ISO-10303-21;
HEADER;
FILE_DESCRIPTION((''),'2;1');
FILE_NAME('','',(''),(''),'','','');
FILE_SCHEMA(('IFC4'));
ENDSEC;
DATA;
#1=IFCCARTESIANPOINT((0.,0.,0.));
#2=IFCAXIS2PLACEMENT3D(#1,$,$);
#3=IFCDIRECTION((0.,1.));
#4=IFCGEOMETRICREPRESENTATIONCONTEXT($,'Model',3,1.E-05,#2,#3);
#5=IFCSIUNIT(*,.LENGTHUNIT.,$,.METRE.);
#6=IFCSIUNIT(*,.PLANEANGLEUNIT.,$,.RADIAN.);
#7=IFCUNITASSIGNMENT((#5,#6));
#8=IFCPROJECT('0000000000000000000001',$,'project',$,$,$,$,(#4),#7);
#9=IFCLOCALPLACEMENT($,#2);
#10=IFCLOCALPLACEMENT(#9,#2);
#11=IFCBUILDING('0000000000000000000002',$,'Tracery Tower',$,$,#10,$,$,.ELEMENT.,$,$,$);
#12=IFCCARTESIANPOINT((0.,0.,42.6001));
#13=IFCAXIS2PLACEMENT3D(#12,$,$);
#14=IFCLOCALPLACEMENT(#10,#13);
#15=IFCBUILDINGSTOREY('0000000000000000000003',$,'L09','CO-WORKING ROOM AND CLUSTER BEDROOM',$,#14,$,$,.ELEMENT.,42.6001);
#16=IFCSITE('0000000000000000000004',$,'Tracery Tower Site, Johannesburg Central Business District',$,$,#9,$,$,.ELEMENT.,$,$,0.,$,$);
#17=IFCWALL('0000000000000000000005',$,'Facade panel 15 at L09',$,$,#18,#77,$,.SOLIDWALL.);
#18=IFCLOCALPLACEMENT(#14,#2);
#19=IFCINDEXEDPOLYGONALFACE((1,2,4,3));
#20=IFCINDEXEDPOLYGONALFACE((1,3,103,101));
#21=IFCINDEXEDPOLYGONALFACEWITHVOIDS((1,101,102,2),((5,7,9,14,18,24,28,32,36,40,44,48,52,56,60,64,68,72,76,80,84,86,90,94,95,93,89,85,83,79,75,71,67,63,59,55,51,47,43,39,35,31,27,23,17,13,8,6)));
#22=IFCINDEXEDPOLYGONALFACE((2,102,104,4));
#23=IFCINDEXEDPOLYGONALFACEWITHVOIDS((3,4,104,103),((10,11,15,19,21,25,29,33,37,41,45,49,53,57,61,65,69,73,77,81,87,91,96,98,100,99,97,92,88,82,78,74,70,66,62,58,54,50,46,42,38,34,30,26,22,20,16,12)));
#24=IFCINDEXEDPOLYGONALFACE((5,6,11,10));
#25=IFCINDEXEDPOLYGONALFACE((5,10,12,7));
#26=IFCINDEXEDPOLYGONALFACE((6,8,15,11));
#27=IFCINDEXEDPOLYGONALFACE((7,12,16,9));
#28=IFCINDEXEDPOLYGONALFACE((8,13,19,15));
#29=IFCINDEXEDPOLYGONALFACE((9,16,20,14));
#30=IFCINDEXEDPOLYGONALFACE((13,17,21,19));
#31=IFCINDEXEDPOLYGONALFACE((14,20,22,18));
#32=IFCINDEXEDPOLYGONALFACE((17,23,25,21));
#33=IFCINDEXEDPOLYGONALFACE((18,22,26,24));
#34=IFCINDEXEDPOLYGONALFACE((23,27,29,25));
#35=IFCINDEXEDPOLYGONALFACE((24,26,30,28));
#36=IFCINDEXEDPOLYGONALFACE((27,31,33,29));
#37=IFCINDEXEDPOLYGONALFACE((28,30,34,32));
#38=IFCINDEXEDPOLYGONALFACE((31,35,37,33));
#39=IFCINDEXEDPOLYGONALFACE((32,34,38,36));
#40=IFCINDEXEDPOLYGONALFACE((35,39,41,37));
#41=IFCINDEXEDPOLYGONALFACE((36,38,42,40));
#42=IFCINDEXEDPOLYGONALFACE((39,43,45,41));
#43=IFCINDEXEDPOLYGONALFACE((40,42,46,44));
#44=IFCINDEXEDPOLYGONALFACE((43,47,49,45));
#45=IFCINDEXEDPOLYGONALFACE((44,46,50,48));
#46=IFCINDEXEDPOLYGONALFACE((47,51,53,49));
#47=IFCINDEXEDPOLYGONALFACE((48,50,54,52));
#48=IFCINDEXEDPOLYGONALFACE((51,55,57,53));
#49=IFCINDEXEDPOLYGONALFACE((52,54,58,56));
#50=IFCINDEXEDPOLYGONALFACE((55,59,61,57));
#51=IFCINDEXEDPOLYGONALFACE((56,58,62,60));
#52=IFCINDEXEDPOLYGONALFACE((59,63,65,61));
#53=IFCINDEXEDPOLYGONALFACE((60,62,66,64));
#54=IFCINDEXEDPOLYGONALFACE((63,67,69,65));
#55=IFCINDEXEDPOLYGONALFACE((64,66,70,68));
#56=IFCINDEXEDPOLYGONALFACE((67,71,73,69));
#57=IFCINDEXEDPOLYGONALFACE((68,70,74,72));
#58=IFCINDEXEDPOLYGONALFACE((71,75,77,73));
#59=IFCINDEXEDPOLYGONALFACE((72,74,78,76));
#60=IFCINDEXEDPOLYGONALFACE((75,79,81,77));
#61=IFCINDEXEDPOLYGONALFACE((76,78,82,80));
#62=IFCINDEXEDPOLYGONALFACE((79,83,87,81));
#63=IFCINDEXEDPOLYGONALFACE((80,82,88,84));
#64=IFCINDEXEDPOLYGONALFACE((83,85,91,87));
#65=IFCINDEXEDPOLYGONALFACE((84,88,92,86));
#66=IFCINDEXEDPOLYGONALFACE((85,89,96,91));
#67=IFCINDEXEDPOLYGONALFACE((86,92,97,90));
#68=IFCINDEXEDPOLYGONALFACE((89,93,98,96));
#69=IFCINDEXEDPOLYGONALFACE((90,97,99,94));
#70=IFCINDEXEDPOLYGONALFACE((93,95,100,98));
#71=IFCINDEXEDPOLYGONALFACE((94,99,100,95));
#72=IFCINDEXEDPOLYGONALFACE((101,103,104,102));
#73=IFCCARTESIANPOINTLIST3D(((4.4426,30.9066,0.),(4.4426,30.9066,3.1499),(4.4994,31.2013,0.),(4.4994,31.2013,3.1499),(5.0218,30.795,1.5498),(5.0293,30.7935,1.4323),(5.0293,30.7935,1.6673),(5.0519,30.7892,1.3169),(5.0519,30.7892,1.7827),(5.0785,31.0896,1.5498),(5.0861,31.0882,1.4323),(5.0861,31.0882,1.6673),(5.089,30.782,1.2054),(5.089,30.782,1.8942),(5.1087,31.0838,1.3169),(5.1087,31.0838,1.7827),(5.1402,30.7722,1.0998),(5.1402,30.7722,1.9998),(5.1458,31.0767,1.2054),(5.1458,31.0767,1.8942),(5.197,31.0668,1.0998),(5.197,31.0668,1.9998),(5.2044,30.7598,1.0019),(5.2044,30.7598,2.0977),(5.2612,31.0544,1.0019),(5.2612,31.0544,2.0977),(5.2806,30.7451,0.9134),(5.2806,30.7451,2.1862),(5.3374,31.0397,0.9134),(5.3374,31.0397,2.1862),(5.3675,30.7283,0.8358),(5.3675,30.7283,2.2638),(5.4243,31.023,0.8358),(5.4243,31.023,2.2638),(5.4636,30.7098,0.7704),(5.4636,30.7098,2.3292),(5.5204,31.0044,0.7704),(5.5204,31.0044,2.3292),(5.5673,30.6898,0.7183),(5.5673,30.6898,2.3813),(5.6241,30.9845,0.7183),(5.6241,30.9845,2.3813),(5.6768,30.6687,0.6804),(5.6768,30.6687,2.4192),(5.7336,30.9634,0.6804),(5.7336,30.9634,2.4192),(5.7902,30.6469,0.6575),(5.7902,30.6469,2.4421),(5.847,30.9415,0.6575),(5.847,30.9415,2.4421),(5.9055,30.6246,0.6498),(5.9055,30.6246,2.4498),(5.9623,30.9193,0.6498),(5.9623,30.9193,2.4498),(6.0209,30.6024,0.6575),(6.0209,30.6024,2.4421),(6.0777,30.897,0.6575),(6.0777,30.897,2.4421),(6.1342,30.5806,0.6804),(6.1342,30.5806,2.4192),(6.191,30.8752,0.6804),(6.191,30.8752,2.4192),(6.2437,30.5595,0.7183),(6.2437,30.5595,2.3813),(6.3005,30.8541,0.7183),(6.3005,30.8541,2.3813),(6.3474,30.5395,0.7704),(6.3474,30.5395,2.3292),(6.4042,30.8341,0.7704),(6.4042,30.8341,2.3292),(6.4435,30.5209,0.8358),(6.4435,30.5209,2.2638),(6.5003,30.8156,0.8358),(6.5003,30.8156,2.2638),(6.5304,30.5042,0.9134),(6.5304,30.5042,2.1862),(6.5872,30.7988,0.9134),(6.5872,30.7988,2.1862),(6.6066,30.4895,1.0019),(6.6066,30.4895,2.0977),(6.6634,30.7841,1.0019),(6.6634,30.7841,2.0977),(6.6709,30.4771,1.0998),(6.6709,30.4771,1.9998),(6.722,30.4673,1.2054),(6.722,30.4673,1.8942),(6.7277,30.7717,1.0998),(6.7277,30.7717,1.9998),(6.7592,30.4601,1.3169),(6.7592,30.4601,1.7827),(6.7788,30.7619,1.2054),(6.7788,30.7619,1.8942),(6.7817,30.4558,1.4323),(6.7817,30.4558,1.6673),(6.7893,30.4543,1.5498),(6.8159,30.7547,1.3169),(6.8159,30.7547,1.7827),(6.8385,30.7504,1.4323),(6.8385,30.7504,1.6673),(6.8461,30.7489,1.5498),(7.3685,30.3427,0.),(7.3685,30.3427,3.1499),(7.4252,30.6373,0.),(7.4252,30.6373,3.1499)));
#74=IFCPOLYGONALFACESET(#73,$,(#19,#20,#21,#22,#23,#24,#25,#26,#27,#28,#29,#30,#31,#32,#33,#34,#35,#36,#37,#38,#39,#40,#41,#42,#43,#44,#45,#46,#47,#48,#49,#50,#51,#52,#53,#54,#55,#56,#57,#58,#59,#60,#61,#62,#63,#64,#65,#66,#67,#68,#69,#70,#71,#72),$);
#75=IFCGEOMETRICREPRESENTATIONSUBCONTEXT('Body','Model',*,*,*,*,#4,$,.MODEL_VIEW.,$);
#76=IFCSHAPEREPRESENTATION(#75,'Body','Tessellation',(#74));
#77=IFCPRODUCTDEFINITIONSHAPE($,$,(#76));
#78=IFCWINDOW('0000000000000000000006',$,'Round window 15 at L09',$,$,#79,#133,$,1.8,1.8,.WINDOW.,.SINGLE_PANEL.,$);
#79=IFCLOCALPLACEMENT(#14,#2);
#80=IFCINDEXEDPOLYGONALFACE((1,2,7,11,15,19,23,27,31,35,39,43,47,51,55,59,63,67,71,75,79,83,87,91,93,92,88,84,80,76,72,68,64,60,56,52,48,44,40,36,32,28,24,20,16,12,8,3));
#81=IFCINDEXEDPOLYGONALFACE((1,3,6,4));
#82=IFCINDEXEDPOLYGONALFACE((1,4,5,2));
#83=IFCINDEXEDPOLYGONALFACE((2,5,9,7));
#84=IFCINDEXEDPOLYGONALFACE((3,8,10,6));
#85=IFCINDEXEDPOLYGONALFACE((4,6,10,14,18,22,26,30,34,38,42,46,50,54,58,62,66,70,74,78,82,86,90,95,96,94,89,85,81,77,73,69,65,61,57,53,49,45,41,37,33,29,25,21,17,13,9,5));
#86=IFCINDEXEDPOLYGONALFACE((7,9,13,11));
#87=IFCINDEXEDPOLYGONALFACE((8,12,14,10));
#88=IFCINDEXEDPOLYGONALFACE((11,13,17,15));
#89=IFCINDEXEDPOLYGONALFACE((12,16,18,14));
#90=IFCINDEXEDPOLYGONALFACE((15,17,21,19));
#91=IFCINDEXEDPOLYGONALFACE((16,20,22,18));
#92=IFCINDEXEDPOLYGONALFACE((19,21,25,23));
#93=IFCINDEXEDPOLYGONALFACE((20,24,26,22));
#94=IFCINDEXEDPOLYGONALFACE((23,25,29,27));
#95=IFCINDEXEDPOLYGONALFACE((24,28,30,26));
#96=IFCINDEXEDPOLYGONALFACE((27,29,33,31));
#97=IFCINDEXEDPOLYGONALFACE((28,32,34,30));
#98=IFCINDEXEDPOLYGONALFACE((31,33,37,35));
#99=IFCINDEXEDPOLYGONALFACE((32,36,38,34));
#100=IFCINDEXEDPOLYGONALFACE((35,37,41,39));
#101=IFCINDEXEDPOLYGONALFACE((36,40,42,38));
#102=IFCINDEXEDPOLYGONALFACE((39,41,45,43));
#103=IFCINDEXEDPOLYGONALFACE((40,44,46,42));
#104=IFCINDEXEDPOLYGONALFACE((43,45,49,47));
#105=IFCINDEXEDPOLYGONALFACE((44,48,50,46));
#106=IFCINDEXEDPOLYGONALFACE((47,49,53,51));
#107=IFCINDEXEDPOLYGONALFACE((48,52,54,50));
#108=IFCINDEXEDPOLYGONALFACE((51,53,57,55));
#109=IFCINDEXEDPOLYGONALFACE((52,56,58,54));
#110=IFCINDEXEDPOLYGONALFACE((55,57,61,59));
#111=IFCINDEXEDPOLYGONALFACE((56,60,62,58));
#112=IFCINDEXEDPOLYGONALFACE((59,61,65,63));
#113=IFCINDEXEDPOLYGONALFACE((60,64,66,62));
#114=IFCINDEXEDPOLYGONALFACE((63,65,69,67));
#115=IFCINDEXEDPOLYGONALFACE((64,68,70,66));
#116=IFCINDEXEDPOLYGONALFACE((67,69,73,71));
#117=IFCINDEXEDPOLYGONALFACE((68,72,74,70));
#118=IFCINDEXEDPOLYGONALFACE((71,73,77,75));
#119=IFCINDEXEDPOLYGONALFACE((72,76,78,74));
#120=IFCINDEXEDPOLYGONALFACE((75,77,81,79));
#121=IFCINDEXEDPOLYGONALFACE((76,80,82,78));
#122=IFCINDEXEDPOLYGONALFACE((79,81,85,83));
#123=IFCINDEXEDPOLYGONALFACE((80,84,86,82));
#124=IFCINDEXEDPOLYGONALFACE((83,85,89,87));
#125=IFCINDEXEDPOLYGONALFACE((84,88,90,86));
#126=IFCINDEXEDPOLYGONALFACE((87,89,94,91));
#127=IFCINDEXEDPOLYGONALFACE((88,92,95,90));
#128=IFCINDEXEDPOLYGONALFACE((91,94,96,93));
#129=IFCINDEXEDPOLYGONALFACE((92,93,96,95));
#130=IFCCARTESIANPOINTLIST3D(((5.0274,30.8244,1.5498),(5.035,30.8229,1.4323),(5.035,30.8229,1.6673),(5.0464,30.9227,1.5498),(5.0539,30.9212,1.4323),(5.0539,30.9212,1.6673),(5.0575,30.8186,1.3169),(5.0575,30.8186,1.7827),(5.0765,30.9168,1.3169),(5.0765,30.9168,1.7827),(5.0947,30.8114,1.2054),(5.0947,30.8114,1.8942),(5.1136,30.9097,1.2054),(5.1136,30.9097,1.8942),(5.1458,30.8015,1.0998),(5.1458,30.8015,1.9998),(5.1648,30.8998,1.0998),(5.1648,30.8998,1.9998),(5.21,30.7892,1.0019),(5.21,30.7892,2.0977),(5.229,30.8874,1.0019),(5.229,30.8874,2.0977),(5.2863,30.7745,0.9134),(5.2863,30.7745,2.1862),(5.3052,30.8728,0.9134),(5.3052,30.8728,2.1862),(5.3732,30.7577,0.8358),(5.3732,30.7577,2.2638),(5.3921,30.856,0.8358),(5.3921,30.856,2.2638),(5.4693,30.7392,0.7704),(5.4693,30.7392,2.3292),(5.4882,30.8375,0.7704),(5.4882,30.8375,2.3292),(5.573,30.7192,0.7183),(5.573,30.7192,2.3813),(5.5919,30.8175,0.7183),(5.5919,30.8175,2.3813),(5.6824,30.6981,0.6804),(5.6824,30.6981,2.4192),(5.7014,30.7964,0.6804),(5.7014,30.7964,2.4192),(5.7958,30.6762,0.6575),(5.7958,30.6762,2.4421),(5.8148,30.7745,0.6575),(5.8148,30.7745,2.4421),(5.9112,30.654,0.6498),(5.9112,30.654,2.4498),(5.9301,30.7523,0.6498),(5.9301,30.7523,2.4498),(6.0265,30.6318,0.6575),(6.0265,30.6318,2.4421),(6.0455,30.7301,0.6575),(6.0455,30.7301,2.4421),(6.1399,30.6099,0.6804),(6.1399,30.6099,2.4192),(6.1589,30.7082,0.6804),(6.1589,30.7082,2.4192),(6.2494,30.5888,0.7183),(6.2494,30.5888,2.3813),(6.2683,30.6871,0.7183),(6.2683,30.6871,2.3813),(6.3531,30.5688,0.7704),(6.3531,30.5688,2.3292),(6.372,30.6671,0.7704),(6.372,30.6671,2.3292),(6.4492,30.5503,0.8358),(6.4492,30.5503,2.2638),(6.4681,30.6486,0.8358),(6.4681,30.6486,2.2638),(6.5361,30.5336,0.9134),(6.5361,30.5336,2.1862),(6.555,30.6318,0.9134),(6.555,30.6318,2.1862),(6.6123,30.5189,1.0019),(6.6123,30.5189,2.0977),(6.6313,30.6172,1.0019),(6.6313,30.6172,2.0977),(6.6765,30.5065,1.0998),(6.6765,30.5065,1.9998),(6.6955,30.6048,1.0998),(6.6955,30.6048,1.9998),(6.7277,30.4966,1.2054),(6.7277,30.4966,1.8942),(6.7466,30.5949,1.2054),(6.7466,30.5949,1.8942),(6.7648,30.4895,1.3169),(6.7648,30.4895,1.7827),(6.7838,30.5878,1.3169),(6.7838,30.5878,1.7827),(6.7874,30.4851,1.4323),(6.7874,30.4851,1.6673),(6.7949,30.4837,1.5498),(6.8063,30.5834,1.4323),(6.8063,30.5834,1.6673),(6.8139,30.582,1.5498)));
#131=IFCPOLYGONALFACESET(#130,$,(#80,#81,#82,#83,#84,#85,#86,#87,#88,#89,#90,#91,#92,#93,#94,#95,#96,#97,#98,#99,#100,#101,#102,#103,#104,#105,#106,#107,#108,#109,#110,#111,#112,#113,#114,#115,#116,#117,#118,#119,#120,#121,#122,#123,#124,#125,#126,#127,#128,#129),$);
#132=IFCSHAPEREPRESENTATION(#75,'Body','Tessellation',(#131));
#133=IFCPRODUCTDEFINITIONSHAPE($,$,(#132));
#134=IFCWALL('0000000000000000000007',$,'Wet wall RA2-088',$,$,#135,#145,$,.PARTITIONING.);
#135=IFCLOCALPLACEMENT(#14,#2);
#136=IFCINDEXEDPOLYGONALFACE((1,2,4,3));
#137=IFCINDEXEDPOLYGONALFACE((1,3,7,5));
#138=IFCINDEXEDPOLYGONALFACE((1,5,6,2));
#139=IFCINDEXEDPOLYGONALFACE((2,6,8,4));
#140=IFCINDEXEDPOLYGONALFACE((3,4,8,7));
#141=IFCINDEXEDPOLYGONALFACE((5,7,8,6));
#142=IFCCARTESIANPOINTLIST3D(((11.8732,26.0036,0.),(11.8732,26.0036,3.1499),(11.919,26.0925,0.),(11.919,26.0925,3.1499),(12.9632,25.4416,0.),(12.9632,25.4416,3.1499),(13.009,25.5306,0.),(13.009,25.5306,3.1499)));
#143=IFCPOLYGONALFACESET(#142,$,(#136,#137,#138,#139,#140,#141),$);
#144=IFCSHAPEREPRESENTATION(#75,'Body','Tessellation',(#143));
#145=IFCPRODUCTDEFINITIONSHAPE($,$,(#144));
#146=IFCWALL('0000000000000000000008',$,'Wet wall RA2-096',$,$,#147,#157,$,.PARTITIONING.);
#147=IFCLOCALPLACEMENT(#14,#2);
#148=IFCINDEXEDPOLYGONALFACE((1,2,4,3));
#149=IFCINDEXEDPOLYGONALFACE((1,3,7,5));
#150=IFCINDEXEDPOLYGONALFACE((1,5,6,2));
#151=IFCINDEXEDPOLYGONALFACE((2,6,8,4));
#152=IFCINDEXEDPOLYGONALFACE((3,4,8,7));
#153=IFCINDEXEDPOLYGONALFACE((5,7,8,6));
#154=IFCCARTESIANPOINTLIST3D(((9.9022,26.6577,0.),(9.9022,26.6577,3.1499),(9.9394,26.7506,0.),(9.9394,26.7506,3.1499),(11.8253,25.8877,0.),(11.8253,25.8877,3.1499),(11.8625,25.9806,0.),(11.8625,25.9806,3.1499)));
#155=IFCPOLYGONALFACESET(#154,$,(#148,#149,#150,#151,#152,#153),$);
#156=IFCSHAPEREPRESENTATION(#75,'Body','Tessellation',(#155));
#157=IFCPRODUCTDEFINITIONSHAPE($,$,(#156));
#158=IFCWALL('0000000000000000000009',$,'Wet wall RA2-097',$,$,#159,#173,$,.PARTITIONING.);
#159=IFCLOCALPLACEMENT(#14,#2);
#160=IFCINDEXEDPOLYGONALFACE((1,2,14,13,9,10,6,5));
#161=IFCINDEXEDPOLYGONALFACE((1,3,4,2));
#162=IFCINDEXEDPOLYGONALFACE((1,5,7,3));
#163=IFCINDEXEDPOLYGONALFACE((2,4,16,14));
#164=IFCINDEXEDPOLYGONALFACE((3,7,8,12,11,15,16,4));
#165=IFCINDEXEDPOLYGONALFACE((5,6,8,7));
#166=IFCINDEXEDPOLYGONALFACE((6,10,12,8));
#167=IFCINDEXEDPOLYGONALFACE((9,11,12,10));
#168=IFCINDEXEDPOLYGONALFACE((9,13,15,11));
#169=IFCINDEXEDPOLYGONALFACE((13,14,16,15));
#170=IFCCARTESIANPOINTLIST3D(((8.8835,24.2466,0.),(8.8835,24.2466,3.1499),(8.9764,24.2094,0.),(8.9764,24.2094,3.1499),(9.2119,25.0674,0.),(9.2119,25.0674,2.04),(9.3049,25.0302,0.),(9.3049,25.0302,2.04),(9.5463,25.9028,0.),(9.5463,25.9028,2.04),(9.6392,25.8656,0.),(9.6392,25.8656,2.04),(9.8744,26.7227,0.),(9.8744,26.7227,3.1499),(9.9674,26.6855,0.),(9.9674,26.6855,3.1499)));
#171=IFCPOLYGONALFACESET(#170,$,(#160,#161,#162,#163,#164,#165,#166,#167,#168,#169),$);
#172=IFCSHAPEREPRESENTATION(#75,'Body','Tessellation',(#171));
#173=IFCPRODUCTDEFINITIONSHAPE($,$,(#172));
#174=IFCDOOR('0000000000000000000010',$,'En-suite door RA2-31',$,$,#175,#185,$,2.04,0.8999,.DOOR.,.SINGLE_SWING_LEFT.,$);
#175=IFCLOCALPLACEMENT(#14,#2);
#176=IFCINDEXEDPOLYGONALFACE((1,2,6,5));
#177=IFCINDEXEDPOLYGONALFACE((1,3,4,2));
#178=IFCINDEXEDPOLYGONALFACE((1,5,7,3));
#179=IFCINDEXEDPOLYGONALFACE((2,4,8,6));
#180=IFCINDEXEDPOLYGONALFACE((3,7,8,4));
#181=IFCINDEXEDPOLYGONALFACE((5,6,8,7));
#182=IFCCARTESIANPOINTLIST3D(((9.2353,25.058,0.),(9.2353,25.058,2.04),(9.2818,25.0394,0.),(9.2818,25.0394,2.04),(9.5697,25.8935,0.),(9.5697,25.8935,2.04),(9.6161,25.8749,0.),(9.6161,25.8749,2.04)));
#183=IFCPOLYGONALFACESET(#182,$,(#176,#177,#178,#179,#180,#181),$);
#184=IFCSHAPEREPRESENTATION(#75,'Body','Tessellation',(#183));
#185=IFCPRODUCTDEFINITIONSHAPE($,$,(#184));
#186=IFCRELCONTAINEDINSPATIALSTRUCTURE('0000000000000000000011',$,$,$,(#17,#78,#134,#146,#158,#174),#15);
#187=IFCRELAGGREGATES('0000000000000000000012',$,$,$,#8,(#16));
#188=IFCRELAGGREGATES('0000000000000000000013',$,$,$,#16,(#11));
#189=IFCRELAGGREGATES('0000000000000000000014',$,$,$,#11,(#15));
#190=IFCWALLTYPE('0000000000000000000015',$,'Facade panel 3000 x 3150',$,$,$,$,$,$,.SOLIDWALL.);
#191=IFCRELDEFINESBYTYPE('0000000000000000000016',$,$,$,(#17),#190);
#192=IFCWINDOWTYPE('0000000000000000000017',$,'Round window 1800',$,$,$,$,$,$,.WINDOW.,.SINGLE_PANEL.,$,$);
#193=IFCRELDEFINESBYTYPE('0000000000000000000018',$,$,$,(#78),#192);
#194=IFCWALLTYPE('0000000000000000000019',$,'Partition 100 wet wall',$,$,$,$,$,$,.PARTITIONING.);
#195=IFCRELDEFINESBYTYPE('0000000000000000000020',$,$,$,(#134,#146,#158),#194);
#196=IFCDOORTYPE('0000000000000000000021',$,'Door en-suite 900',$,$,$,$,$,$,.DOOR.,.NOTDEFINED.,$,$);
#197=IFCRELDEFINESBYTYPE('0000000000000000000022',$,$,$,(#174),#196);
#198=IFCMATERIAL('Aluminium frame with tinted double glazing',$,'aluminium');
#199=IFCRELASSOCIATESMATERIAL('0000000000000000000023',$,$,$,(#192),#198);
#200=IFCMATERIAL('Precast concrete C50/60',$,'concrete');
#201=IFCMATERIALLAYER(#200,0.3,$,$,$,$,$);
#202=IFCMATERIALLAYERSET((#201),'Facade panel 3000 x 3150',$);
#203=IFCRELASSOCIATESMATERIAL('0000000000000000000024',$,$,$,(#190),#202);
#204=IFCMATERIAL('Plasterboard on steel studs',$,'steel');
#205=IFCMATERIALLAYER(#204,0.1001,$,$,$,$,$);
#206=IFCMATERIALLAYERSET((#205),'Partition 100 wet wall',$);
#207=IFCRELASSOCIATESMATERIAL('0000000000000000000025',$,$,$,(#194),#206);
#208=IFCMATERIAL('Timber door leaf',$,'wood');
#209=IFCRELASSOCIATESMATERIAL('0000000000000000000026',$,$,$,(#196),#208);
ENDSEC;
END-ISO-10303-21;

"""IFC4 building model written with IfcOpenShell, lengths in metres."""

from ifc_helpers import new_model, si_unit, direction, frame, frame_2d, origin, origin_2d, place, context, subcontext, project, spatial, rectangle, circle, extrude, material, layer, layer_set, type_object, element, fill, save


model = new_model("IFC4")

# Units and contexts
model_context = context("Model", 3, precision=1e-05, world=origin(), true_north=direction((0.0, 1.0)))
body_context = subcontext(model_context, "Body", "Model", "MODEL_VIEW")
ifc_project = project(units=[si_unit("LENGTHUNIT", "METRE"), si_unit("PLANEANGLEUNIT", "RADIAN")], contexts=[model_context])

# Site, building, storey
site_placement = place(None, origin())
site = spatial("IfcSite", under=ifc_project, at=site_placement, Name="Tracery Tower Site, Johannesburg Central Business District", CompositionType="ELEMENT", RefElevation=0.0)
building_placement = place(site_placement, origin())
building = spatial("IfcBuilding", under=site, at=building_placement, Name="Tracery Tower", CompositionType="ELEMENT")
storey_placement = place(building_placement, frame((0.0, 0.0, 42.6001)))
storey = spatial("IfcBuildingStorey", under=building, at=storey_placement, Name="L09", Description="CO-WORKING ROOM AND CLUSTER BEDROOM", CompositionType="ELEMENT", Elevation=42.6001)

# Wall, opening, window
ifc_material_1 = material(Name="Aluminium frame with tinted double glazing", Category="aluminium")
window_type = type_object("IfcWindowType", Name="Round window 1800", PartitioningType="SINGLE_PANEL", PredefinedType="WINDOW", material=ifc_material_1)
ifc_material_2 = material(Name="Precast concrete C50/60", Category="concrete")
ifc_layer_1 = layer(ifc_material_2, 0.3)
ifc_layer_set_1 = layer_set([ifc_layer_1], Name="Facade panel 3000 x 3150")
wall_type_1 = type_object("IfcWallType", Name="Facade panel 3000 x 3150", PredefinedType="SOLIDWALL", material=ifc_layer_set_1)
wall_1_placement = place(storey_placement, frame((7.3967, 30.49, 0.0), z_axis=(0.0, 0.0, 1.0), x_axis=(-0.981925, 0.189273, 0.0)))
wall_1 = element("IfcWall", 1, at=wall_1_placement, inside=storey, type_object=wall_type_1, Name="Facade panel 15 at L09", PredefinedType="SOLIDWALL", context=body_context, shape_type="SweptSolid", body=[
    extrude(rectangle(XDim=2.9797, YDim=0.3, at=frame_2d((1.4897, 0.0))), origin(), (0.0, 0.0, 1.0), 3.1499),
])
opening_1_placement = place(wall_1_placement, frame((1.4897, 0.0, 1.5498)))
opening_1 = element("IfcOpeningElement", 2, at=opening_1_placement, cuts=wall_1, PredefinedType="OPENING", context=body_context, shape_type="SweptSolid", body=[
    extrude(circle(Radius=0.9, at=origin_2d()), frame((0.0, 0.1599, 0.0), z_axis=(0.0, -1.0, 0.0), x_axis=(1.0, 0.0, 0.0)), (0.0, 0.0, 1.0), 0.3201),
])
window_1_placement = place(opening_1_placement, origin())
window_1 = element("IfcWindow", 3, at=window_1_placement, inside=storey, type_object=window_type, Name="Round window 15 at L09", OverallHeight=1.8, OverallWidth=1.8, PartitioningType="SINGLE_PANEL", PredefinedType="WINDOW", context=body_context, shape_type="SweptSolid", body=[
    extrude(circle(Radius=0.9, at=origin_2d()), frame((0.0, 0.1201, 0.0), z_axis=(0.0, -1.0, 0.0), x_axis=(1.0, 0.0, 0.0)), (0.0, 0.0, 1.0), 0.1001),
])
fill(opening_1, window_1)

# Walls
ifc_material_3 = material(Name="Plasterboard on steel studs", Category="steel")
ifc_layer_2 = layer(ifc_material_3, 0.1001)
ifc_layer_set_2 = layer_set([ifc_layer_2], Name="Partition 100 wet wall")
wall_type_2 = type_object("IfcWallType", Name="Partition 100 wet wall", PredefinedType="PARTITIONING", material=ifc_layer_set_2)
wall_2_placement = place(storey_placement, frame((11.896, 26.0481, 0.0), z_axis=(0.0, 0.0, 1.0), x_axis=(0.888825, -0.458247, 0.0)))
element("IfcWall", 4, at=wall_2_placement, inside=storey, type_object=wall_type_2, Name="Wet wall RA2-088", PredefinedType="PARTITIONING", context=body_context, shape_type="SweptSolid", body=[
    extrude(rectangle(XDim=1.2263, YDim=0.1001, at=frame_2d((0.6133, 0.0))), origin(), (0.0, 0.0, 1.0), 3.1499),
])
wall_3_placement = place(storey_placement, frame((9.9209, 26.7041, 0.0), z_axis=(0.0, 0.0, 1.0), x_axis=(0.928347, -0.371716, 0.0)))
element("IfcWall", 5, at=wall_3_placement, inside=storey, type_object=wall_type_2, Name="Wet wall RA2-096", PredefinedType="PARTITIONING", context=body_context, shape_type="SweptSolid", body=[
    extrude(rectangle(XDim=2.0715, YDim=0.1001, at=frame_2d((1.0356, 0.0))), origin(), (0.0, 0.0, 1.0), 3.1499),
])

# Wall, opening, door
wall_4_placement = place(storey_placement, frame((8.9299, 24.228, 0.0), z_axis=(0.0, 0.0, 1.0), x_axis=(0.371564, 0.928407, 0.0)))
wall_4 = element("IfcWall", 6, at=wall_4_placement, inside=storey, type_object=wall_type_2, Name="Wet wall RA2-097", PredefinedType="PARTITIONING", context=body_context, shape_type="SweptSolid", body=[
    extrude(rectangle(XDim=2.667, YDim=0.1001, at=frame_2d((1.3335, 0.0))), origin(), (0.0, 0.0, 1.0), 3.1499),
])
opening_2_placement = place(wall_4_placement, frame((0.884, 0.0, 0.0)))
opening_2 = element("IfcOpeningElement", 7, at=opening_2_placement, cuts=wall_4, PredefinedType="OPENING", context=body_context, shape_type="SweptSolid", body=[
    extrude(rectangle(XDim=0.8999, YDim=2.04, at=frame_2d((0.45, 1.02))), frame((0.0, 0.05, 0.0), z_axis=(0.0, -1.0, 0.0), x_axis=(1.0, 0.0, 0.0)), (0.0, 0.0, 1.0), 0.1001),
])
ifc_material_4 = material(Name="Timber door leaf", Category="wood")
door_type_1 = type_object("IfcDoorType", Name="Door en-suite 900", OperationType="NOTDEFINED", PredefinedType="DOOR", material=ifc_material_4)
door_1_placement = place(opening_2_placement, origin())
door_1 = element("IfcDoor", 8, at=door_1_placement, inside=storey, type_object=door_type_1, Name="En-suite door RA2-31", OperationType="SINGLE_SWING_LEFT", OverallHeight=2.04, OverallWidth=0.8999, PredefinedType="DOOR", context=body_context, shape_type="SweptSolid", body=[
    extrude(rectangle(XDim=0.8999, YDim=2.04, at=frame_2d((0.45, 1.02))), frame((0.0, 0.0249, 0.0), z_axis=(0.0, -1.0, 0.0), x_axis=(1.0, 0.0, 0.0)), (0.0, 0.0, 1.0), 0.05),
])
fill(opening_2, door_1)

save(model, "model.ifc")
